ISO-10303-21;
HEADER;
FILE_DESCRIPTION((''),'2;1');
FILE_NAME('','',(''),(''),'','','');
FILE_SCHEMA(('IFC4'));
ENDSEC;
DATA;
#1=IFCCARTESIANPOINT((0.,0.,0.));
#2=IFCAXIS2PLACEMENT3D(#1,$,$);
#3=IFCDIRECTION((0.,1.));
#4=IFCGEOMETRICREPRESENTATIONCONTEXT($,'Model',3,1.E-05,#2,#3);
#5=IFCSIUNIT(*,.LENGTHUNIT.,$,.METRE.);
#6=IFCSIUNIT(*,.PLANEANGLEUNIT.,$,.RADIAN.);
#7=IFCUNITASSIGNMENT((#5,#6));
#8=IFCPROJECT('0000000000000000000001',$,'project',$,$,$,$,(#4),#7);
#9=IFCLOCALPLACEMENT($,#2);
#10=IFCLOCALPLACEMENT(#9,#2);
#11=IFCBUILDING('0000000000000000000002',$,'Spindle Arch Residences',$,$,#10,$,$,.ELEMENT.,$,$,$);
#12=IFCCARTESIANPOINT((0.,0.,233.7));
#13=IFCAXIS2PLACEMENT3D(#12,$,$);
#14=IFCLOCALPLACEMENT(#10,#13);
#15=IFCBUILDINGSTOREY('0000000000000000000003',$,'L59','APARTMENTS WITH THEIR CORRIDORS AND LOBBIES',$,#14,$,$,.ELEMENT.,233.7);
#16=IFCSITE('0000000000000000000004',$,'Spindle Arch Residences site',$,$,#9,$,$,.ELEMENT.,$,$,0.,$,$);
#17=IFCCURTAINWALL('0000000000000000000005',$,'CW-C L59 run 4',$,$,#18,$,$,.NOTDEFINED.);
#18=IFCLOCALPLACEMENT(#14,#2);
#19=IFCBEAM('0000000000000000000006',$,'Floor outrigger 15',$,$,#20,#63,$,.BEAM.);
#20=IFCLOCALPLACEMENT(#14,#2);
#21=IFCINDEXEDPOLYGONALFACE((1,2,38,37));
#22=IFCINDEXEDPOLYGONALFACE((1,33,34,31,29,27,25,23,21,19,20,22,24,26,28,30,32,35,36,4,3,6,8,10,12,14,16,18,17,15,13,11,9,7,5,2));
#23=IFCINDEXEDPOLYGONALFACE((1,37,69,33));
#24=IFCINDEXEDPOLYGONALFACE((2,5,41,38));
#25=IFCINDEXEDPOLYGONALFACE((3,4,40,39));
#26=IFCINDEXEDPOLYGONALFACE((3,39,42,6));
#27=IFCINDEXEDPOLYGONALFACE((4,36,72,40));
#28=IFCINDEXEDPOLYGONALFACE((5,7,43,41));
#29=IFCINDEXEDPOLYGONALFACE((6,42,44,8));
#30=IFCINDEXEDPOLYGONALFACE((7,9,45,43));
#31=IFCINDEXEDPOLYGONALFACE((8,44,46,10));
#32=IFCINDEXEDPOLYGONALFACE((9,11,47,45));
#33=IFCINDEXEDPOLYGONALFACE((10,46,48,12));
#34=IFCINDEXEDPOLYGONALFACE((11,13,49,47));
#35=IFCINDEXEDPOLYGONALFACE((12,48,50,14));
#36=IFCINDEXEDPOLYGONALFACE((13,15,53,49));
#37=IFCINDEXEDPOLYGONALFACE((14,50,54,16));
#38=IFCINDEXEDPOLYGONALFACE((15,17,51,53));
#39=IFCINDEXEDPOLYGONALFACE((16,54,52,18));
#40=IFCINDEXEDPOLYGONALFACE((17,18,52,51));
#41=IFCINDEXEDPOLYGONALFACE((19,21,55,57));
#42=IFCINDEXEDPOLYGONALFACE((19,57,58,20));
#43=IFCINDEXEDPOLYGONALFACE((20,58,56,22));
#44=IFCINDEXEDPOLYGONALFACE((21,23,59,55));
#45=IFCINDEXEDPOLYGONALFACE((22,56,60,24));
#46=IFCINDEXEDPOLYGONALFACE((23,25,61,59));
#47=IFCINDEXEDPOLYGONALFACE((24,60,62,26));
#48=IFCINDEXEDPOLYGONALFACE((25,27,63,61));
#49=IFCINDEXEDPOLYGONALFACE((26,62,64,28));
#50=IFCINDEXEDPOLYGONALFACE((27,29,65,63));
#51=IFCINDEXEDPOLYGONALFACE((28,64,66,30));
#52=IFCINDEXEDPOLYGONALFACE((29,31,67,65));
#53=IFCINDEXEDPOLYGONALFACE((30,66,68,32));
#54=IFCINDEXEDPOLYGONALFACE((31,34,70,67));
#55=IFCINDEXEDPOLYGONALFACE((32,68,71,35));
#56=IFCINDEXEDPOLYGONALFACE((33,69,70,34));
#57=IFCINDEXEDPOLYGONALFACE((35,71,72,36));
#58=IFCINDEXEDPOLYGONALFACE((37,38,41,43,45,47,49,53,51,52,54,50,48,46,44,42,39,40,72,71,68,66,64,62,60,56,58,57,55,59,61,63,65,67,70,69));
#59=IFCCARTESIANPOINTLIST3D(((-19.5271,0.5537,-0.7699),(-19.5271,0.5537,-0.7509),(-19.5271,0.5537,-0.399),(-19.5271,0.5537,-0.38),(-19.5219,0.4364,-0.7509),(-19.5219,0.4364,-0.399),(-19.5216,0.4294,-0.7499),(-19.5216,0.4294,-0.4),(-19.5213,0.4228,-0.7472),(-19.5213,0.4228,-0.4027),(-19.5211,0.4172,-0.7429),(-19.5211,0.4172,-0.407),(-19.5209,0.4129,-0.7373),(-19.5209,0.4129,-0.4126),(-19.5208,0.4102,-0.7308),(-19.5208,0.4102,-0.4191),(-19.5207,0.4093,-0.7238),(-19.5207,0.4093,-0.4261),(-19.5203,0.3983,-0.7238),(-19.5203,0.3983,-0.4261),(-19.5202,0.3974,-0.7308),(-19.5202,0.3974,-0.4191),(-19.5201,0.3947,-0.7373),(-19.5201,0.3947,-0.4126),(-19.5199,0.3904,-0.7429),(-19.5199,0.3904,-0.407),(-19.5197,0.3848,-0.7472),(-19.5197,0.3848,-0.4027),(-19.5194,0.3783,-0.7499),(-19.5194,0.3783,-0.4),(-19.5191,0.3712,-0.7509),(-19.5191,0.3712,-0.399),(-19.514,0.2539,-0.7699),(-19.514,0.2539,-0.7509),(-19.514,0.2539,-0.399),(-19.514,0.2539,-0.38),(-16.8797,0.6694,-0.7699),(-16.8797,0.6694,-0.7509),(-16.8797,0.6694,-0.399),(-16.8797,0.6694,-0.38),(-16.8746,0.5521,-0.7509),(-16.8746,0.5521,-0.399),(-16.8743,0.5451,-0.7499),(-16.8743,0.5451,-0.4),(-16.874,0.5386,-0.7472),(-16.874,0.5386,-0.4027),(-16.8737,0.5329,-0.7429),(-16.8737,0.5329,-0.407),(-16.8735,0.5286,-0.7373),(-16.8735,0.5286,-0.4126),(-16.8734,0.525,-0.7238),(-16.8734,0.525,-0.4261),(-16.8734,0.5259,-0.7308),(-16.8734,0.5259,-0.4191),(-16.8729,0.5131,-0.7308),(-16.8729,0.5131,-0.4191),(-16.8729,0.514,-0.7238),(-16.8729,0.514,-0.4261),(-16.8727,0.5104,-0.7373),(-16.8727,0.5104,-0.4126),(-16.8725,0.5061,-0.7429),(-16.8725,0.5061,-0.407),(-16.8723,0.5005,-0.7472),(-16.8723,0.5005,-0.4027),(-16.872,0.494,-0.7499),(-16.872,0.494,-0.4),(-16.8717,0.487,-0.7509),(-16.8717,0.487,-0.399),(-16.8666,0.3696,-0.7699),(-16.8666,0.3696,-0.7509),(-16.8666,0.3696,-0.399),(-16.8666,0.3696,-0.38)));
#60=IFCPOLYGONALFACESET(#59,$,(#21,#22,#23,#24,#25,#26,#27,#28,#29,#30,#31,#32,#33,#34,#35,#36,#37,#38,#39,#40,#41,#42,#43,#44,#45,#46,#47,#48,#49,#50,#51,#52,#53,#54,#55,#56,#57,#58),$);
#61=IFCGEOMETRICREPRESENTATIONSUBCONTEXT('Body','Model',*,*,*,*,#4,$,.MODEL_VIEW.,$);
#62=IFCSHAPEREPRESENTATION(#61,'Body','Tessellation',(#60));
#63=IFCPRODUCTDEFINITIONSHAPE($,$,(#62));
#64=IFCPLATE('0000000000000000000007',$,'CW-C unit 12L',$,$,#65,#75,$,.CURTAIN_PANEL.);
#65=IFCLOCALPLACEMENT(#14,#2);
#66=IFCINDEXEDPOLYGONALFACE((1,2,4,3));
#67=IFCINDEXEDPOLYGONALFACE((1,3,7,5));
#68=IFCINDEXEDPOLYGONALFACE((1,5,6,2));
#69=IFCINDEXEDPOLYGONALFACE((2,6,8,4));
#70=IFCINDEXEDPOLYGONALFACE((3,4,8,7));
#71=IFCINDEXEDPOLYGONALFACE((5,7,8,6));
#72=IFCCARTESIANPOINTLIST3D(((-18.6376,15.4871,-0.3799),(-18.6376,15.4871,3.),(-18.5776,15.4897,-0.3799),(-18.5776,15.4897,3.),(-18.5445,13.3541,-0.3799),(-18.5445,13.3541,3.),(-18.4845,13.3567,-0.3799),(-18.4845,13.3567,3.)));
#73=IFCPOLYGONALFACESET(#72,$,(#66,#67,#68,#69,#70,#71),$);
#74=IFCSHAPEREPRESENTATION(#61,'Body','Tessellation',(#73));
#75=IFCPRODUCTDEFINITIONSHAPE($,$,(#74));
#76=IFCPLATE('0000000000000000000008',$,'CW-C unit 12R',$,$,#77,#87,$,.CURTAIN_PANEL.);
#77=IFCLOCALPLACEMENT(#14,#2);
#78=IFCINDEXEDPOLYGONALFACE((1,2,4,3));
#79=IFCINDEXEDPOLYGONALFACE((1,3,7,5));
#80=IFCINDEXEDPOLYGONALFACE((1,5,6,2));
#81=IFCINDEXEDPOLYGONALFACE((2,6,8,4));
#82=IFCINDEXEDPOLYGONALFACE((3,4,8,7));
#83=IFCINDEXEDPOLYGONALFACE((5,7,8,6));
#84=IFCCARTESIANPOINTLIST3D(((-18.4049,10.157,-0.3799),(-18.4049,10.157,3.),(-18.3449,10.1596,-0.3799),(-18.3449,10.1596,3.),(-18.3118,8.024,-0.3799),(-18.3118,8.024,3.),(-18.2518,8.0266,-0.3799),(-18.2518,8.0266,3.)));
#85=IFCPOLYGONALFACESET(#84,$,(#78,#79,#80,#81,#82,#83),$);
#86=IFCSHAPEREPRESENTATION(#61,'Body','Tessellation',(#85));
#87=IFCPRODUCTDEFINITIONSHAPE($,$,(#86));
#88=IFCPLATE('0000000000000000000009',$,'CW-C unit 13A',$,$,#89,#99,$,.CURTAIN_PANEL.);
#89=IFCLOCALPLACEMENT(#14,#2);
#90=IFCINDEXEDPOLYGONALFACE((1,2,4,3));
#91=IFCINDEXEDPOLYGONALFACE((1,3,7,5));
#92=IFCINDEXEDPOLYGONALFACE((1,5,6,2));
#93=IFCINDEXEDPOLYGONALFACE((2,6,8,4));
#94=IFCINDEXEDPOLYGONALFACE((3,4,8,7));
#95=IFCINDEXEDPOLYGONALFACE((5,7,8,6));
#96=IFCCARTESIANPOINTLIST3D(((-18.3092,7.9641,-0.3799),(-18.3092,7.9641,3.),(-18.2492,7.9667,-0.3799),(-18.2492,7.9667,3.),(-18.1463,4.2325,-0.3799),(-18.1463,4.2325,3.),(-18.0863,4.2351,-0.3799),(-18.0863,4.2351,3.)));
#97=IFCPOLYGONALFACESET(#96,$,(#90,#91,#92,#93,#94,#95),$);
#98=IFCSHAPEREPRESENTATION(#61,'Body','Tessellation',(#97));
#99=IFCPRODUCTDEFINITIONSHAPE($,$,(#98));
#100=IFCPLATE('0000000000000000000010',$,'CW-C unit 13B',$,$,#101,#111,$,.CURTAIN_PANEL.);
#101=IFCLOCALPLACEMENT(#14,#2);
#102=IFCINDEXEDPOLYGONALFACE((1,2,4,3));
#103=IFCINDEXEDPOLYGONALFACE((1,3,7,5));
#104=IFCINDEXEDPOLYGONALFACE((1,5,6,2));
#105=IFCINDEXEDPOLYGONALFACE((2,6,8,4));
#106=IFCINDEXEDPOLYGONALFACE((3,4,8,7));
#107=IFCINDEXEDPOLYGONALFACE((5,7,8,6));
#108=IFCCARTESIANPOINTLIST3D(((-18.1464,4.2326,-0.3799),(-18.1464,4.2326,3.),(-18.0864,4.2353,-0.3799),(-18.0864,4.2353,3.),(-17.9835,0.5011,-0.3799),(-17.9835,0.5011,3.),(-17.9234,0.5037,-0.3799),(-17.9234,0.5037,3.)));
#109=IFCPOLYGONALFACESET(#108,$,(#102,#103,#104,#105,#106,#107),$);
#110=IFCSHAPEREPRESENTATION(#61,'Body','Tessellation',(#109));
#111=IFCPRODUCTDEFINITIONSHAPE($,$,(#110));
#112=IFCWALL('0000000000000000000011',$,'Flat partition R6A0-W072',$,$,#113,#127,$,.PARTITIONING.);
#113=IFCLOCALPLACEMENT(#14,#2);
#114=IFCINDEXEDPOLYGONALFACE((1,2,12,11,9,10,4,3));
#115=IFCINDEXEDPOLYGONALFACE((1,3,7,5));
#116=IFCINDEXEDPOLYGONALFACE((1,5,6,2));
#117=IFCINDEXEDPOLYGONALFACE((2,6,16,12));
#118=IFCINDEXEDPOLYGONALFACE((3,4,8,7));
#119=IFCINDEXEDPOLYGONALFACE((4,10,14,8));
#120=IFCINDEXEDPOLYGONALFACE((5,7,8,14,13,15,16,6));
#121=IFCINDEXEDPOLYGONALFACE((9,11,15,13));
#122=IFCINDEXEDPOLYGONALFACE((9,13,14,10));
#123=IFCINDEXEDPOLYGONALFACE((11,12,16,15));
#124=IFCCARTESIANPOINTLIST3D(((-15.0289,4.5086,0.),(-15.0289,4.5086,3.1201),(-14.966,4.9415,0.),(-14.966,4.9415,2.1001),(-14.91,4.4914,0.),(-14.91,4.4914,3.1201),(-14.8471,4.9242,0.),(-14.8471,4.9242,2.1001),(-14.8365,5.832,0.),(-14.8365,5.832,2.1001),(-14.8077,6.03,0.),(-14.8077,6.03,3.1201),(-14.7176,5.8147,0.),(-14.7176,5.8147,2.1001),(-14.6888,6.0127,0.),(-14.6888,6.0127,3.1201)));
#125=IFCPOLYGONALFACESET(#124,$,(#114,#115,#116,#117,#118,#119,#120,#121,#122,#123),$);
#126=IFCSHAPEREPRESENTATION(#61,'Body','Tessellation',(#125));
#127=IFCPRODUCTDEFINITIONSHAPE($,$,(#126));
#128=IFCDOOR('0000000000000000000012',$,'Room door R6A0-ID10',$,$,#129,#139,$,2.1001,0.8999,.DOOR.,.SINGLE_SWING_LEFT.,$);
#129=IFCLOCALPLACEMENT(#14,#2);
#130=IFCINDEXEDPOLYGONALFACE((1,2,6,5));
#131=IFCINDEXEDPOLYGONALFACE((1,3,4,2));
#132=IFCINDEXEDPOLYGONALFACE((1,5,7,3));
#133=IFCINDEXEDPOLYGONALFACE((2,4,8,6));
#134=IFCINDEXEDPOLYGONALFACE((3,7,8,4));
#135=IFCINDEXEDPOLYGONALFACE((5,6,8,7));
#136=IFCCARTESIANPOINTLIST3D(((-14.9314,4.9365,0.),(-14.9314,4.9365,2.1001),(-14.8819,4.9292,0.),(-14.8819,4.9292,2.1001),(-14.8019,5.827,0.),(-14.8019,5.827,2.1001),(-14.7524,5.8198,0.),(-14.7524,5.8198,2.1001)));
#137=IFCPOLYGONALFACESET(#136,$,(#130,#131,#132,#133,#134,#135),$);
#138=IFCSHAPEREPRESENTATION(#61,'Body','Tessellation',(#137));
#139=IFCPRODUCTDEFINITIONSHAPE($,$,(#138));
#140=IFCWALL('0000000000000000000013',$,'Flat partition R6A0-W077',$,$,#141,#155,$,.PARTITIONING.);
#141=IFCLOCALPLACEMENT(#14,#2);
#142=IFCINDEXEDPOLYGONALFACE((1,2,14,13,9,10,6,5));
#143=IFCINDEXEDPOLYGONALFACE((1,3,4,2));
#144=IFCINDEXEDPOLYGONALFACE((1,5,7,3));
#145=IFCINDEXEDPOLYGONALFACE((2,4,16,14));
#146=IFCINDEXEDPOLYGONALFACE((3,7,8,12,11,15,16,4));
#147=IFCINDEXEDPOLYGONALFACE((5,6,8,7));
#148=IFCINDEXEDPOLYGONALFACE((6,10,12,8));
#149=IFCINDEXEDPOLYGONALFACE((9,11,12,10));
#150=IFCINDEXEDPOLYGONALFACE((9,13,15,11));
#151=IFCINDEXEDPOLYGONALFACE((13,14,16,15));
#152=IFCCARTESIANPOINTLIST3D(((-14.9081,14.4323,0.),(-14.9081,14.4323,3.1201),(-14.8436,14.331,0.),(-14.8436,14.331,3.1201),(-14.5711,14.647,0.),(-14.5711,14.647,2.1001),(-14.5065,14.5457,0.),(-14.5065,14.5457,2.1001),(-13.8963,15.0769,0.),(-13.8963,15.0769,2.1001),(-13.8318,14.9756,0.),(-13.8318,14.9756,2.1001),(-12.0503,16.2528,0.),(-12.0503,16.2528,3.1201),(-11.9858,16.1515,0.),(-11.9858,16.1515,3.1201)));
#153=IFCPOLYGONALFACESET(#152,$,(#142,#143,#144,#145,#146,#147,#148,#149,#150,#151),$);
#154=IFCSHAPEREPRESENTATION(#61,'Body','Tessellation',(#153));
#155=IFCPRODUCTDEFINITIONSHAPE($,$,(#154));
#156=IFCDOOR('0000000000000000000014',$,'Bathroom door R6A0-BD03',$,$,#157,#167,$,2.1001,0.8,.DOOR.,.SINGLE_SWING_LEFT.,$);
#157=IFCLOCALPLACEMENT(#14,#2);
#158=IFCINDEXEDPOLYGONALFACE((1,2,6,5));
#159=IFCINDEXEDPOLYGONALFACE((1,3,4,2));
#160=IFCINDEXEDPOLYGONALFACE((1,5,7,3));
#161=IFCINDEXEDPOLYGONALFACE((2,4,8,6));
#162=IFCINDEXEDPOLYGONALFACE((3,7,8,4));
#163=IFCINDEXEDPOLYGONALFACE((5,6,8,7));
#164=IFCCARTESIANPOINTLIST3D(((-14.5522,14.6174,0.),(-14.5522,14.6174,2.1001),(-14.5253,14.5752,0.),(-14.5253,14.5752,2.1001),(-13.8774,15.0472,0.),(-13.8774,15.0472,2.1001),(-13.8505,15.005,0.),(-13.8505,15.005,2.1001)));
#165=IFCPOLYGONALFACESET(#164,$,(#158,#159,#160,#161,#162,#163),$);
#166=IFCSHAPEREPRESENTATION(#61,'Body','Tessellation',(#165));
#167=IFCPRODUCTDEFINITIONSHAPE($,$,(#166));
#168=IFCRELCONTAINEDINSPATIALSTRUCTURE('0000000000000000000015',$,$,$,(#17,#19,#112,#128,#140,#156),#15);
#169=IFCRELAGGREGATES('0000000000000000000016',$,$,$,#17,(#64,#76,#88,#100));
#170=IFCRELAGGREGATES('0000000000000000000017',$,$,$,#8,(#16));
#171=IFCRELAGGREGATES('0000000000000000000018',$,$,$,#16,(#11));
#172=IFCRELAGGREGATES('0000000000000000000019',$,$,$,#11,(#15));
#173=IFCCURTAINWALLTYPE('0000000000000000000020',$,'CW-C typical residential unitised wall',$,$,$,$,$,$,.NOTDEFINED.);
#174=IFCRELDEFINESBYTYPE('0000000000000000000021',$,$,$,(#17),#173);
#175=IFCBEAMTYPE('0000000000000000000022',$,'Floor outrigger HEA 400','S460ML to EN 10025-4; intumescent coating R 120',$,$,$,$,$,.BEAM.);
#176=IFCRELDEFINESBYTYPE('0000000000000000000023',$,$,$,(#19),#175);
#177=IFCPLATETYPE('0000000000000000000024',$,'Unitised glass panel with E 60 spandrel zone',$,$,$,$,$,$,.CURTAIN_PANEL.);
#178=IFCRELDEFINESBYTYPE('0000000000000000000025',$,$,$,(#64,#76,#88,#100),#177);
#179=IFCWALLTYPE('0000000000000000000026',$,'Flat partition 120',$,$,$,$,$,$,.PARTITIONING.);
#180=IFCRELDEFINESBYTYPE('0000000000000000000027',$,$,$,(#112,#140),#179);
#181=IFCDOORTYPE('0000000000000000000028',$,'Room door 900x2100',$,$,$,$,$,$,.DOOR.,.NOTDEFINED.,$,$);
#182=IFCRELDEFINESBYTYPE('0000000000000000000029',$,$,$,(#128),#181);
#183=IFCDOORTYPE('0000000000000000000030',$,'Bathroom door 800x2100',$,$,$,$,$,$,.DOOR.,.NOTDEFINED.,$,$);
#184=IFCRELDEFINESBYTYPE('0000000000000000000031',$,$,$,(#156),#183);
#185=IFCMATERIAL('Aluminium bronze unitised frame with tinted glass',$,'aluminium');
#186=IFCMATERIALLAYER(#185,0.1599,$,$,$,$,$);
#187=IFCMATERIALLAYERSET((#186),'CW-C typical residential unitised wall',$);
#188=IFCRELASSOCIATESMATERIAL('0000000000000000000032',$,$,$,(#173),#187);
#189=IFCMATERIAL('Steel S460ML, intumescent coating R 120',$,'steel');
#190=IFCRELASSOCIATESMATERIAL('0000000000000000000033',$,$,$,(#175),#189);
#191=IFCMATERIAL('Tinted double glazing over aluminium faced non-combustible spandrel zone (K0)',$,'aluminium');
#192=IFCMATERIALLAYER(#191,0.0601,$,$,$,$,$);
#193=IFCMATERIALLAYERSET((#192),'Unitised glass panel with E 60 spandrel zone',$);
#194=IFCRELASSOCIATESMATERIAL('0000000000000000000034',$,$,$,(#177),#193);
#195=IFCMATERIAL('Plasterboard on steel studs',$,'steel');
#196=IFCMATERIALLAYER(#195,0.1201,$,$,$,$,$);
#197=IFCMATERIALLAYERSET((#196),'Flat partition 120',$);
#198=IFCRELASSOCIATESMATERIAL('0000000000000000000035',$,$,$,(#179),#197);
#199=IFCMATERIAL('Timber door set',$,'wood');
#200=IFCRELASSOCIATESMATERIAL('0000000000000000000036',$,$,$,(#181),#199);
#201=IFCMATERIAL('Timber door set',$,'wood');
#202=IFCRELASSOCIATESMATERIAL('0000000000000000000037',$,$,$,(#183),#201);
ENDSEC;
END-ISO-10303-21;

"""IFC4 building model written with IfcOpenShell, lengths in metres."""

from ifc_helpers import new_model, si_unit, direction, frame, frame_2d, origin, origin_2d, place, context, subcontext, project, spatial, rectangle, i_section, extrude, material, layer, layer_set, material_profile, profile_set, type_object, element, fill, aggregate, save


model = new_model("IFC4")

# Units and contexts
model_context = context("Model", 3, precision=1e-05, world=origin(), true_north=direction((0.0, 1.0)))
body_context = subcontext(model_context, "Body", "Model", "MODEL_VIEW")
ifc_project = project(units=[si_unit("LENGTHUNIT", "METRE"), si_unit("PLANEANGLEUNIT", "RADIAN")], contexts=[model_context])

# Site, building, storey
site_placement = place(None, origin())
site = spatial("IfcSite", under=ifc_project, at=site_placement, Name="Spindle Arch Residences site", CompositionType="ELEMENT", RefElevation=0.0)
building_placement = place(site_placement, origin())
building = spatial("IfcBuilding", under=site, at=building_placement, Name="Spindle Arch Residences", CompositionType="ELEMENT")
storey_placement = place(building_placement, frame((0.0, 0.0, 233.7)))
storey = spatial("IfcBuildingStorey", under=building, at=storey_placement, Name="L59", Description="APARTMENTS WITH THEIR CORRIDORS AND LOBBIES", CompositionType="ELEMENT", Elevation=233.7)

# Curtain wall
ifc_material_1 = material(Name="Aluminium bronze unitised frame with tinted glass", Category="aluminium")
ifc_layer_1 = layer(ifc_material_1, 0.1599)
ifc_layer_set_1 = layer_set([ifc_layer_1], Name="CW-C typical residential unitised wall")
curtain_wall_type = type_object("IfcCurtainWallType", Name="CW-C typical residential unitised wall", PredefinedType="NOTDEFINED", material=ifc_layer_set_1)
curtain_wall_placement = place(storey_placement, origin())
curtain_wall = element("IfcCurtainWall", 1, at=curtain_wall_placement, inside=storey, type_object=curtain_wall_type, Name="CW-C L59 run 4", PredefinedType="NOTDEFINED")

# Beam
ifc_material_2 = material(Name="Steel S460ML, intumescent coating R 120", Category="steel")
ifc_material_profile_1 = material_profile(ifc_material_2, i_section(OverallWidth=0.3, OverallDepth=0.3899, WebThickness=0.011, FlangeThickness=0.019, FilletRadius=0.0271, at=origin_2d()), Name="HEA 400")
ifc_profile_set_1 = profile_set([ifc_material_profile_1], Name="Steel S460ML, intumescent coating R 120")
beam_type_1 = type_object("IfcBeamType", Name="Floor outrigger HEA 400", Description="S460ML to EN 10025-4; intumescent coating R 120", PredefinedType="BEAM", material=ifc_profile_set_1)
for number, where, z_axis, x_axis, name in (
    (2, (-19.5205, 0.4038, -0.575), (0.999046, 0.043669, 0.0), (-0.043669, 0.999046, 0.0), "Floor outrigger 15"),
):
    element("IfcBeam", number, at=place(storey_placement, frame(where, z_axis=z_axis, x_axis=x_axis)), inside=storey, type_object=beam_type_1, Name=name, PredefinedType="BEAM", context=body_context, shape_type="SweptSolid", body=[
        extrude(i_section(OverallWidth=0.3, OverallDepth=0.3899, WebThickness=0.011, FlangeThickness=0.019, FilletRadius=0.0271, at=origin_2d()), origin(), (0.0, 0.0, 1.0), 2.6499),
    ])

# Plates
ifc_material_3 = material(Name="Tinted double glazing over aluminium faced non-combustible spandrel zone (K0)", Category="aluminium")
ifc_layer_2 = layer(ifc_material_3, 0.0601)
ifc_layer_set_2 = layer_set([ifc_layer_2], Name="Unitised glass panel with E 60 spandrel zone")
plate_type = type_object("IfcPlateType", Name="Unitised glass panel with E 60 spandrel zone", PredefinedType="CURTAIN_PANEL", material=ifc_layer_set_2)
plate_1_placement = place(storey_placement, frame((-18.561, 14.4219, -0.3799), z_axis=(0.0, 0.0, 1.0), x_axis=(0.043619, -0.999048, 0.0)))
plate_1 = element("IfcPlate", 3, at=plate_1_placement, type_object=plate_type, Name="CW-C unit 12L", PredefinedType="CURTAIN_PANEL", context=body_context, shape_type="SweptSolid", body=[
    extrude(rectangle(XDim=2.135, YDim=0.0601, at=origin_2d()), origin(), (0.0, 0.0, 1.0), 3.3799),
])
plate_2_placement = place(storey_placement, frame((-18.3284, 9.0918, -0.3799), z_axis=(0.0, 0.0, 1.0), x_axis=(0.043619, -0.999048, 0.0)))
plate_2 = element("IfcPlate", 4, at=plate_2_placement, type_object=plate_type, Name="CW-C unit 12R", PredefinedType="CURTAIN_PANEL", context=body_context, shape_type="SweptSolid", body=[
    extrude(rectangle(XDim=2.135, YDim=0.0601, at=origin_2d()), origin(), (0.0, 0.0, 1.0), 3.3799),
])
plate_3_placement = place(storey_placement, frame((-18.1978, 6.0996, -0.3799), z_axis=(0.0, 0.0, 1.0), x_axis=(0.043619, -0.999048, 0.0)))
plate_3 = element("IfcPlate", 5, at=plate_3_placement, type_object=plate_type, Name="CW-C unit 13A", PredefinedType="CURTAIN_PANEL", context=body_context, shape_type="SweptSolid", body=[
    extrude(rectangle(XDim=3.7351, YDim=0.0601, at=origin_2d()), origin(), (0.0, 0.0, 1.0), 3.3799),
])
plate_4_placement = place(storey_placement, frame((-18.0349, 2.3682, -0.3799), z_axis=(0.0, 0.0, 1.0), x_axis=(0.043619, -0.999048, 0.0)))
plate_4 = element("IfcPlate", 6, at=plate_4_placement, type_object=plate_type, Name="CW-C unit 13B", PredefinedType="CURTAIN_PANEL", context=body_context, shape_type="SweptSolid", body=[
    extrude(rectangle(XDim=3.7351, YDim=0.0601, at=origin_2d()), origin(), (0.0, 0.0, 1.0), 3.3799),
])
aggregate(curtain_wall, [plate_1, plate_2, plate_3, plate_4])

# Walls, openings, doors
ifc_material_4 = material(Name="Plasterboard on steel studs", Category="steel")
ifc_layer_3 = layer(ifc_material_4, 0.1201)
ifc_layer_set_3 = layer_set([ifc_layer_3], Name="Flat partition 120")
wall_type_1 = type_object("IfcWallType", Name="Flat partition 120", PredefinedType="PARTITIONING", material=ifc_layer_set_3)
wall_1_placement = place(storey_placement, frame((-14.7483, 6.0212, 0.0), z_axis=(0.0, 0.0, 1.0), x_axis=(-0.143889, -0.989594, 0.0)))
wall_1 = element("IfcWall", 7, at=wall_1_placement, inside=storey, type_object=wall_type_1, Name="Flat partition R6A0-W072", PredefinedType="PARTITIONING", context=body_context, shape_type="SweptSolid", body=[
    extrude(rectangle(XDim=1.5374, YDim=0.1201, at=frame_2d((0.7686, 0.0))), origin(), (0.0, 0.0, 1.0), 3.1201),
])
opening_1_placement = place(wall_1_placement, frame((0.2, 0.0, 0.0)))
opening_1 = element("IfcOpeningElement", 8, at=opening_1_placement, cuts=wall_1, PredefinedType="OPENING", context=body_context, shape_type="SweptSolid", body=[
    extrude(rectangle(XDim=0.8999, YDim=2.1001, at=frame_2d((0.45, 1.05))), frame((0.0, 0.0701, 0.0), z_axis=(0.0, -1.0, 0.0), x_axis=(1.0, 0.0, 0.0)), (0.0, 0.0, 1.0), 0.1401),
])
ifc_material_5 = material(Name="Timber door set", Category="wood")
door_type_1 = type_object("IfcDoorType", Name="Room door 900x2100", OperationType="NOTDEFINED", PredefinedType="DOOR", material=ifc_material_5)
door_1_placement = place(opening_1_placement, origin())
door_1 = element("IfcDoor", 9, at=door_1_placement, inside=storey, type_object=door_type_1, Name="Room door R6A0-ID10", OperationType="SINGLE_SWING_LEFT", OverallHeight=2.1001, OverallWidth=0.8999, PredefinedType="DOOR", context=body_context, shape_type="SweptSolid", body=[
    extrude(rectangle(XDim=0.8999, YDim=2.1001, at=frame_2d((0.45, 1.05))), frame((0.0, 0.0249, 0.0), z_axis=(0.0, -1.0, 0.0), x_axis=(1.0, 0.0, 0.0)), (0.0, 0.0, 1.0), 0.05),
])
fill(opening_1, door_1)
wall_2_placement = place(storey_placement, frame((-14.876, 14.3816, 0.0), z_axis=(0.0, 0.0, 1.0), x_axis=(0.843409, 0.537272, 0.0)))
wall_2 = element("IfcWall", 10, at=wall_2_placement, inside=storey, type_object=wall_type_1, Name="Flat partition R6A0-W077", PredefinedType="PARTITIONING", context=body_context, shape_type="SweptSolid", body=[
    extrude(rectangle(XDim=3.3884, YDim=0.1201, at=frame_2d((1.6943, 0.0))), origin(), (0.0, 0.0, 1.0), 3.1201),
])
opening_2_placement = place(wall_2_placement, frame((0.3999, 0.0, 0.0)))
opening_2 = element("IfcOpeningElement", 11, at=opening_2_placement, cuts=wall_2, PredefinedType="OPENING", context=body_context, shape_type="SweptSolid", body=[
    extrude(rectangle(XDim=0.8, YDim=2.1001, at=frame_2d((0.3999, 1.05))), frame((0.0, 0.0701, 0.0), z_axis=(0.0, -1.0, 0.0), x_axis=(1.0, 0.0, 0.0)), (0.0, 0.0, 1.0), 0.1401),
])
ifc_material_6 = material(Name="Timber door set", Category="wood")
door_type_2 = type_object("IfcDoorType", Name="Bathroom door 800x2100", OperationType="NOTDEFINED", PredefinedType="DOOR", material=ifc_material_6)
door_2_placement = place(opening_2_placement, origin())
door_2 = element("IfcDoor", 12, at=door_2_placement, inside=storey, type_object=door_type_2, Name="Bathroom door R6A0-BD03", OperationType="SINGLE_SWING_LEFT", OverallHeight=2.1001, OverallWidth=0.8, PredefinedType="DOOR", context=body_context, shape_type="SweptSolid", body=[
    extrude(rectangle(XDim=0.8, YDim=2.1001, at=frame_2d((0.3999, 1.05))), frame((0.0, 0.0249, 0.0), z_axis=(0.0, -1.0, 0.0), x_axis=(1.0, 0.0, 0.0)), (0.0, 0.0, 1.0), 0.05),
])
fill(opening_2, door_2)

save(model, "model.ifc")
